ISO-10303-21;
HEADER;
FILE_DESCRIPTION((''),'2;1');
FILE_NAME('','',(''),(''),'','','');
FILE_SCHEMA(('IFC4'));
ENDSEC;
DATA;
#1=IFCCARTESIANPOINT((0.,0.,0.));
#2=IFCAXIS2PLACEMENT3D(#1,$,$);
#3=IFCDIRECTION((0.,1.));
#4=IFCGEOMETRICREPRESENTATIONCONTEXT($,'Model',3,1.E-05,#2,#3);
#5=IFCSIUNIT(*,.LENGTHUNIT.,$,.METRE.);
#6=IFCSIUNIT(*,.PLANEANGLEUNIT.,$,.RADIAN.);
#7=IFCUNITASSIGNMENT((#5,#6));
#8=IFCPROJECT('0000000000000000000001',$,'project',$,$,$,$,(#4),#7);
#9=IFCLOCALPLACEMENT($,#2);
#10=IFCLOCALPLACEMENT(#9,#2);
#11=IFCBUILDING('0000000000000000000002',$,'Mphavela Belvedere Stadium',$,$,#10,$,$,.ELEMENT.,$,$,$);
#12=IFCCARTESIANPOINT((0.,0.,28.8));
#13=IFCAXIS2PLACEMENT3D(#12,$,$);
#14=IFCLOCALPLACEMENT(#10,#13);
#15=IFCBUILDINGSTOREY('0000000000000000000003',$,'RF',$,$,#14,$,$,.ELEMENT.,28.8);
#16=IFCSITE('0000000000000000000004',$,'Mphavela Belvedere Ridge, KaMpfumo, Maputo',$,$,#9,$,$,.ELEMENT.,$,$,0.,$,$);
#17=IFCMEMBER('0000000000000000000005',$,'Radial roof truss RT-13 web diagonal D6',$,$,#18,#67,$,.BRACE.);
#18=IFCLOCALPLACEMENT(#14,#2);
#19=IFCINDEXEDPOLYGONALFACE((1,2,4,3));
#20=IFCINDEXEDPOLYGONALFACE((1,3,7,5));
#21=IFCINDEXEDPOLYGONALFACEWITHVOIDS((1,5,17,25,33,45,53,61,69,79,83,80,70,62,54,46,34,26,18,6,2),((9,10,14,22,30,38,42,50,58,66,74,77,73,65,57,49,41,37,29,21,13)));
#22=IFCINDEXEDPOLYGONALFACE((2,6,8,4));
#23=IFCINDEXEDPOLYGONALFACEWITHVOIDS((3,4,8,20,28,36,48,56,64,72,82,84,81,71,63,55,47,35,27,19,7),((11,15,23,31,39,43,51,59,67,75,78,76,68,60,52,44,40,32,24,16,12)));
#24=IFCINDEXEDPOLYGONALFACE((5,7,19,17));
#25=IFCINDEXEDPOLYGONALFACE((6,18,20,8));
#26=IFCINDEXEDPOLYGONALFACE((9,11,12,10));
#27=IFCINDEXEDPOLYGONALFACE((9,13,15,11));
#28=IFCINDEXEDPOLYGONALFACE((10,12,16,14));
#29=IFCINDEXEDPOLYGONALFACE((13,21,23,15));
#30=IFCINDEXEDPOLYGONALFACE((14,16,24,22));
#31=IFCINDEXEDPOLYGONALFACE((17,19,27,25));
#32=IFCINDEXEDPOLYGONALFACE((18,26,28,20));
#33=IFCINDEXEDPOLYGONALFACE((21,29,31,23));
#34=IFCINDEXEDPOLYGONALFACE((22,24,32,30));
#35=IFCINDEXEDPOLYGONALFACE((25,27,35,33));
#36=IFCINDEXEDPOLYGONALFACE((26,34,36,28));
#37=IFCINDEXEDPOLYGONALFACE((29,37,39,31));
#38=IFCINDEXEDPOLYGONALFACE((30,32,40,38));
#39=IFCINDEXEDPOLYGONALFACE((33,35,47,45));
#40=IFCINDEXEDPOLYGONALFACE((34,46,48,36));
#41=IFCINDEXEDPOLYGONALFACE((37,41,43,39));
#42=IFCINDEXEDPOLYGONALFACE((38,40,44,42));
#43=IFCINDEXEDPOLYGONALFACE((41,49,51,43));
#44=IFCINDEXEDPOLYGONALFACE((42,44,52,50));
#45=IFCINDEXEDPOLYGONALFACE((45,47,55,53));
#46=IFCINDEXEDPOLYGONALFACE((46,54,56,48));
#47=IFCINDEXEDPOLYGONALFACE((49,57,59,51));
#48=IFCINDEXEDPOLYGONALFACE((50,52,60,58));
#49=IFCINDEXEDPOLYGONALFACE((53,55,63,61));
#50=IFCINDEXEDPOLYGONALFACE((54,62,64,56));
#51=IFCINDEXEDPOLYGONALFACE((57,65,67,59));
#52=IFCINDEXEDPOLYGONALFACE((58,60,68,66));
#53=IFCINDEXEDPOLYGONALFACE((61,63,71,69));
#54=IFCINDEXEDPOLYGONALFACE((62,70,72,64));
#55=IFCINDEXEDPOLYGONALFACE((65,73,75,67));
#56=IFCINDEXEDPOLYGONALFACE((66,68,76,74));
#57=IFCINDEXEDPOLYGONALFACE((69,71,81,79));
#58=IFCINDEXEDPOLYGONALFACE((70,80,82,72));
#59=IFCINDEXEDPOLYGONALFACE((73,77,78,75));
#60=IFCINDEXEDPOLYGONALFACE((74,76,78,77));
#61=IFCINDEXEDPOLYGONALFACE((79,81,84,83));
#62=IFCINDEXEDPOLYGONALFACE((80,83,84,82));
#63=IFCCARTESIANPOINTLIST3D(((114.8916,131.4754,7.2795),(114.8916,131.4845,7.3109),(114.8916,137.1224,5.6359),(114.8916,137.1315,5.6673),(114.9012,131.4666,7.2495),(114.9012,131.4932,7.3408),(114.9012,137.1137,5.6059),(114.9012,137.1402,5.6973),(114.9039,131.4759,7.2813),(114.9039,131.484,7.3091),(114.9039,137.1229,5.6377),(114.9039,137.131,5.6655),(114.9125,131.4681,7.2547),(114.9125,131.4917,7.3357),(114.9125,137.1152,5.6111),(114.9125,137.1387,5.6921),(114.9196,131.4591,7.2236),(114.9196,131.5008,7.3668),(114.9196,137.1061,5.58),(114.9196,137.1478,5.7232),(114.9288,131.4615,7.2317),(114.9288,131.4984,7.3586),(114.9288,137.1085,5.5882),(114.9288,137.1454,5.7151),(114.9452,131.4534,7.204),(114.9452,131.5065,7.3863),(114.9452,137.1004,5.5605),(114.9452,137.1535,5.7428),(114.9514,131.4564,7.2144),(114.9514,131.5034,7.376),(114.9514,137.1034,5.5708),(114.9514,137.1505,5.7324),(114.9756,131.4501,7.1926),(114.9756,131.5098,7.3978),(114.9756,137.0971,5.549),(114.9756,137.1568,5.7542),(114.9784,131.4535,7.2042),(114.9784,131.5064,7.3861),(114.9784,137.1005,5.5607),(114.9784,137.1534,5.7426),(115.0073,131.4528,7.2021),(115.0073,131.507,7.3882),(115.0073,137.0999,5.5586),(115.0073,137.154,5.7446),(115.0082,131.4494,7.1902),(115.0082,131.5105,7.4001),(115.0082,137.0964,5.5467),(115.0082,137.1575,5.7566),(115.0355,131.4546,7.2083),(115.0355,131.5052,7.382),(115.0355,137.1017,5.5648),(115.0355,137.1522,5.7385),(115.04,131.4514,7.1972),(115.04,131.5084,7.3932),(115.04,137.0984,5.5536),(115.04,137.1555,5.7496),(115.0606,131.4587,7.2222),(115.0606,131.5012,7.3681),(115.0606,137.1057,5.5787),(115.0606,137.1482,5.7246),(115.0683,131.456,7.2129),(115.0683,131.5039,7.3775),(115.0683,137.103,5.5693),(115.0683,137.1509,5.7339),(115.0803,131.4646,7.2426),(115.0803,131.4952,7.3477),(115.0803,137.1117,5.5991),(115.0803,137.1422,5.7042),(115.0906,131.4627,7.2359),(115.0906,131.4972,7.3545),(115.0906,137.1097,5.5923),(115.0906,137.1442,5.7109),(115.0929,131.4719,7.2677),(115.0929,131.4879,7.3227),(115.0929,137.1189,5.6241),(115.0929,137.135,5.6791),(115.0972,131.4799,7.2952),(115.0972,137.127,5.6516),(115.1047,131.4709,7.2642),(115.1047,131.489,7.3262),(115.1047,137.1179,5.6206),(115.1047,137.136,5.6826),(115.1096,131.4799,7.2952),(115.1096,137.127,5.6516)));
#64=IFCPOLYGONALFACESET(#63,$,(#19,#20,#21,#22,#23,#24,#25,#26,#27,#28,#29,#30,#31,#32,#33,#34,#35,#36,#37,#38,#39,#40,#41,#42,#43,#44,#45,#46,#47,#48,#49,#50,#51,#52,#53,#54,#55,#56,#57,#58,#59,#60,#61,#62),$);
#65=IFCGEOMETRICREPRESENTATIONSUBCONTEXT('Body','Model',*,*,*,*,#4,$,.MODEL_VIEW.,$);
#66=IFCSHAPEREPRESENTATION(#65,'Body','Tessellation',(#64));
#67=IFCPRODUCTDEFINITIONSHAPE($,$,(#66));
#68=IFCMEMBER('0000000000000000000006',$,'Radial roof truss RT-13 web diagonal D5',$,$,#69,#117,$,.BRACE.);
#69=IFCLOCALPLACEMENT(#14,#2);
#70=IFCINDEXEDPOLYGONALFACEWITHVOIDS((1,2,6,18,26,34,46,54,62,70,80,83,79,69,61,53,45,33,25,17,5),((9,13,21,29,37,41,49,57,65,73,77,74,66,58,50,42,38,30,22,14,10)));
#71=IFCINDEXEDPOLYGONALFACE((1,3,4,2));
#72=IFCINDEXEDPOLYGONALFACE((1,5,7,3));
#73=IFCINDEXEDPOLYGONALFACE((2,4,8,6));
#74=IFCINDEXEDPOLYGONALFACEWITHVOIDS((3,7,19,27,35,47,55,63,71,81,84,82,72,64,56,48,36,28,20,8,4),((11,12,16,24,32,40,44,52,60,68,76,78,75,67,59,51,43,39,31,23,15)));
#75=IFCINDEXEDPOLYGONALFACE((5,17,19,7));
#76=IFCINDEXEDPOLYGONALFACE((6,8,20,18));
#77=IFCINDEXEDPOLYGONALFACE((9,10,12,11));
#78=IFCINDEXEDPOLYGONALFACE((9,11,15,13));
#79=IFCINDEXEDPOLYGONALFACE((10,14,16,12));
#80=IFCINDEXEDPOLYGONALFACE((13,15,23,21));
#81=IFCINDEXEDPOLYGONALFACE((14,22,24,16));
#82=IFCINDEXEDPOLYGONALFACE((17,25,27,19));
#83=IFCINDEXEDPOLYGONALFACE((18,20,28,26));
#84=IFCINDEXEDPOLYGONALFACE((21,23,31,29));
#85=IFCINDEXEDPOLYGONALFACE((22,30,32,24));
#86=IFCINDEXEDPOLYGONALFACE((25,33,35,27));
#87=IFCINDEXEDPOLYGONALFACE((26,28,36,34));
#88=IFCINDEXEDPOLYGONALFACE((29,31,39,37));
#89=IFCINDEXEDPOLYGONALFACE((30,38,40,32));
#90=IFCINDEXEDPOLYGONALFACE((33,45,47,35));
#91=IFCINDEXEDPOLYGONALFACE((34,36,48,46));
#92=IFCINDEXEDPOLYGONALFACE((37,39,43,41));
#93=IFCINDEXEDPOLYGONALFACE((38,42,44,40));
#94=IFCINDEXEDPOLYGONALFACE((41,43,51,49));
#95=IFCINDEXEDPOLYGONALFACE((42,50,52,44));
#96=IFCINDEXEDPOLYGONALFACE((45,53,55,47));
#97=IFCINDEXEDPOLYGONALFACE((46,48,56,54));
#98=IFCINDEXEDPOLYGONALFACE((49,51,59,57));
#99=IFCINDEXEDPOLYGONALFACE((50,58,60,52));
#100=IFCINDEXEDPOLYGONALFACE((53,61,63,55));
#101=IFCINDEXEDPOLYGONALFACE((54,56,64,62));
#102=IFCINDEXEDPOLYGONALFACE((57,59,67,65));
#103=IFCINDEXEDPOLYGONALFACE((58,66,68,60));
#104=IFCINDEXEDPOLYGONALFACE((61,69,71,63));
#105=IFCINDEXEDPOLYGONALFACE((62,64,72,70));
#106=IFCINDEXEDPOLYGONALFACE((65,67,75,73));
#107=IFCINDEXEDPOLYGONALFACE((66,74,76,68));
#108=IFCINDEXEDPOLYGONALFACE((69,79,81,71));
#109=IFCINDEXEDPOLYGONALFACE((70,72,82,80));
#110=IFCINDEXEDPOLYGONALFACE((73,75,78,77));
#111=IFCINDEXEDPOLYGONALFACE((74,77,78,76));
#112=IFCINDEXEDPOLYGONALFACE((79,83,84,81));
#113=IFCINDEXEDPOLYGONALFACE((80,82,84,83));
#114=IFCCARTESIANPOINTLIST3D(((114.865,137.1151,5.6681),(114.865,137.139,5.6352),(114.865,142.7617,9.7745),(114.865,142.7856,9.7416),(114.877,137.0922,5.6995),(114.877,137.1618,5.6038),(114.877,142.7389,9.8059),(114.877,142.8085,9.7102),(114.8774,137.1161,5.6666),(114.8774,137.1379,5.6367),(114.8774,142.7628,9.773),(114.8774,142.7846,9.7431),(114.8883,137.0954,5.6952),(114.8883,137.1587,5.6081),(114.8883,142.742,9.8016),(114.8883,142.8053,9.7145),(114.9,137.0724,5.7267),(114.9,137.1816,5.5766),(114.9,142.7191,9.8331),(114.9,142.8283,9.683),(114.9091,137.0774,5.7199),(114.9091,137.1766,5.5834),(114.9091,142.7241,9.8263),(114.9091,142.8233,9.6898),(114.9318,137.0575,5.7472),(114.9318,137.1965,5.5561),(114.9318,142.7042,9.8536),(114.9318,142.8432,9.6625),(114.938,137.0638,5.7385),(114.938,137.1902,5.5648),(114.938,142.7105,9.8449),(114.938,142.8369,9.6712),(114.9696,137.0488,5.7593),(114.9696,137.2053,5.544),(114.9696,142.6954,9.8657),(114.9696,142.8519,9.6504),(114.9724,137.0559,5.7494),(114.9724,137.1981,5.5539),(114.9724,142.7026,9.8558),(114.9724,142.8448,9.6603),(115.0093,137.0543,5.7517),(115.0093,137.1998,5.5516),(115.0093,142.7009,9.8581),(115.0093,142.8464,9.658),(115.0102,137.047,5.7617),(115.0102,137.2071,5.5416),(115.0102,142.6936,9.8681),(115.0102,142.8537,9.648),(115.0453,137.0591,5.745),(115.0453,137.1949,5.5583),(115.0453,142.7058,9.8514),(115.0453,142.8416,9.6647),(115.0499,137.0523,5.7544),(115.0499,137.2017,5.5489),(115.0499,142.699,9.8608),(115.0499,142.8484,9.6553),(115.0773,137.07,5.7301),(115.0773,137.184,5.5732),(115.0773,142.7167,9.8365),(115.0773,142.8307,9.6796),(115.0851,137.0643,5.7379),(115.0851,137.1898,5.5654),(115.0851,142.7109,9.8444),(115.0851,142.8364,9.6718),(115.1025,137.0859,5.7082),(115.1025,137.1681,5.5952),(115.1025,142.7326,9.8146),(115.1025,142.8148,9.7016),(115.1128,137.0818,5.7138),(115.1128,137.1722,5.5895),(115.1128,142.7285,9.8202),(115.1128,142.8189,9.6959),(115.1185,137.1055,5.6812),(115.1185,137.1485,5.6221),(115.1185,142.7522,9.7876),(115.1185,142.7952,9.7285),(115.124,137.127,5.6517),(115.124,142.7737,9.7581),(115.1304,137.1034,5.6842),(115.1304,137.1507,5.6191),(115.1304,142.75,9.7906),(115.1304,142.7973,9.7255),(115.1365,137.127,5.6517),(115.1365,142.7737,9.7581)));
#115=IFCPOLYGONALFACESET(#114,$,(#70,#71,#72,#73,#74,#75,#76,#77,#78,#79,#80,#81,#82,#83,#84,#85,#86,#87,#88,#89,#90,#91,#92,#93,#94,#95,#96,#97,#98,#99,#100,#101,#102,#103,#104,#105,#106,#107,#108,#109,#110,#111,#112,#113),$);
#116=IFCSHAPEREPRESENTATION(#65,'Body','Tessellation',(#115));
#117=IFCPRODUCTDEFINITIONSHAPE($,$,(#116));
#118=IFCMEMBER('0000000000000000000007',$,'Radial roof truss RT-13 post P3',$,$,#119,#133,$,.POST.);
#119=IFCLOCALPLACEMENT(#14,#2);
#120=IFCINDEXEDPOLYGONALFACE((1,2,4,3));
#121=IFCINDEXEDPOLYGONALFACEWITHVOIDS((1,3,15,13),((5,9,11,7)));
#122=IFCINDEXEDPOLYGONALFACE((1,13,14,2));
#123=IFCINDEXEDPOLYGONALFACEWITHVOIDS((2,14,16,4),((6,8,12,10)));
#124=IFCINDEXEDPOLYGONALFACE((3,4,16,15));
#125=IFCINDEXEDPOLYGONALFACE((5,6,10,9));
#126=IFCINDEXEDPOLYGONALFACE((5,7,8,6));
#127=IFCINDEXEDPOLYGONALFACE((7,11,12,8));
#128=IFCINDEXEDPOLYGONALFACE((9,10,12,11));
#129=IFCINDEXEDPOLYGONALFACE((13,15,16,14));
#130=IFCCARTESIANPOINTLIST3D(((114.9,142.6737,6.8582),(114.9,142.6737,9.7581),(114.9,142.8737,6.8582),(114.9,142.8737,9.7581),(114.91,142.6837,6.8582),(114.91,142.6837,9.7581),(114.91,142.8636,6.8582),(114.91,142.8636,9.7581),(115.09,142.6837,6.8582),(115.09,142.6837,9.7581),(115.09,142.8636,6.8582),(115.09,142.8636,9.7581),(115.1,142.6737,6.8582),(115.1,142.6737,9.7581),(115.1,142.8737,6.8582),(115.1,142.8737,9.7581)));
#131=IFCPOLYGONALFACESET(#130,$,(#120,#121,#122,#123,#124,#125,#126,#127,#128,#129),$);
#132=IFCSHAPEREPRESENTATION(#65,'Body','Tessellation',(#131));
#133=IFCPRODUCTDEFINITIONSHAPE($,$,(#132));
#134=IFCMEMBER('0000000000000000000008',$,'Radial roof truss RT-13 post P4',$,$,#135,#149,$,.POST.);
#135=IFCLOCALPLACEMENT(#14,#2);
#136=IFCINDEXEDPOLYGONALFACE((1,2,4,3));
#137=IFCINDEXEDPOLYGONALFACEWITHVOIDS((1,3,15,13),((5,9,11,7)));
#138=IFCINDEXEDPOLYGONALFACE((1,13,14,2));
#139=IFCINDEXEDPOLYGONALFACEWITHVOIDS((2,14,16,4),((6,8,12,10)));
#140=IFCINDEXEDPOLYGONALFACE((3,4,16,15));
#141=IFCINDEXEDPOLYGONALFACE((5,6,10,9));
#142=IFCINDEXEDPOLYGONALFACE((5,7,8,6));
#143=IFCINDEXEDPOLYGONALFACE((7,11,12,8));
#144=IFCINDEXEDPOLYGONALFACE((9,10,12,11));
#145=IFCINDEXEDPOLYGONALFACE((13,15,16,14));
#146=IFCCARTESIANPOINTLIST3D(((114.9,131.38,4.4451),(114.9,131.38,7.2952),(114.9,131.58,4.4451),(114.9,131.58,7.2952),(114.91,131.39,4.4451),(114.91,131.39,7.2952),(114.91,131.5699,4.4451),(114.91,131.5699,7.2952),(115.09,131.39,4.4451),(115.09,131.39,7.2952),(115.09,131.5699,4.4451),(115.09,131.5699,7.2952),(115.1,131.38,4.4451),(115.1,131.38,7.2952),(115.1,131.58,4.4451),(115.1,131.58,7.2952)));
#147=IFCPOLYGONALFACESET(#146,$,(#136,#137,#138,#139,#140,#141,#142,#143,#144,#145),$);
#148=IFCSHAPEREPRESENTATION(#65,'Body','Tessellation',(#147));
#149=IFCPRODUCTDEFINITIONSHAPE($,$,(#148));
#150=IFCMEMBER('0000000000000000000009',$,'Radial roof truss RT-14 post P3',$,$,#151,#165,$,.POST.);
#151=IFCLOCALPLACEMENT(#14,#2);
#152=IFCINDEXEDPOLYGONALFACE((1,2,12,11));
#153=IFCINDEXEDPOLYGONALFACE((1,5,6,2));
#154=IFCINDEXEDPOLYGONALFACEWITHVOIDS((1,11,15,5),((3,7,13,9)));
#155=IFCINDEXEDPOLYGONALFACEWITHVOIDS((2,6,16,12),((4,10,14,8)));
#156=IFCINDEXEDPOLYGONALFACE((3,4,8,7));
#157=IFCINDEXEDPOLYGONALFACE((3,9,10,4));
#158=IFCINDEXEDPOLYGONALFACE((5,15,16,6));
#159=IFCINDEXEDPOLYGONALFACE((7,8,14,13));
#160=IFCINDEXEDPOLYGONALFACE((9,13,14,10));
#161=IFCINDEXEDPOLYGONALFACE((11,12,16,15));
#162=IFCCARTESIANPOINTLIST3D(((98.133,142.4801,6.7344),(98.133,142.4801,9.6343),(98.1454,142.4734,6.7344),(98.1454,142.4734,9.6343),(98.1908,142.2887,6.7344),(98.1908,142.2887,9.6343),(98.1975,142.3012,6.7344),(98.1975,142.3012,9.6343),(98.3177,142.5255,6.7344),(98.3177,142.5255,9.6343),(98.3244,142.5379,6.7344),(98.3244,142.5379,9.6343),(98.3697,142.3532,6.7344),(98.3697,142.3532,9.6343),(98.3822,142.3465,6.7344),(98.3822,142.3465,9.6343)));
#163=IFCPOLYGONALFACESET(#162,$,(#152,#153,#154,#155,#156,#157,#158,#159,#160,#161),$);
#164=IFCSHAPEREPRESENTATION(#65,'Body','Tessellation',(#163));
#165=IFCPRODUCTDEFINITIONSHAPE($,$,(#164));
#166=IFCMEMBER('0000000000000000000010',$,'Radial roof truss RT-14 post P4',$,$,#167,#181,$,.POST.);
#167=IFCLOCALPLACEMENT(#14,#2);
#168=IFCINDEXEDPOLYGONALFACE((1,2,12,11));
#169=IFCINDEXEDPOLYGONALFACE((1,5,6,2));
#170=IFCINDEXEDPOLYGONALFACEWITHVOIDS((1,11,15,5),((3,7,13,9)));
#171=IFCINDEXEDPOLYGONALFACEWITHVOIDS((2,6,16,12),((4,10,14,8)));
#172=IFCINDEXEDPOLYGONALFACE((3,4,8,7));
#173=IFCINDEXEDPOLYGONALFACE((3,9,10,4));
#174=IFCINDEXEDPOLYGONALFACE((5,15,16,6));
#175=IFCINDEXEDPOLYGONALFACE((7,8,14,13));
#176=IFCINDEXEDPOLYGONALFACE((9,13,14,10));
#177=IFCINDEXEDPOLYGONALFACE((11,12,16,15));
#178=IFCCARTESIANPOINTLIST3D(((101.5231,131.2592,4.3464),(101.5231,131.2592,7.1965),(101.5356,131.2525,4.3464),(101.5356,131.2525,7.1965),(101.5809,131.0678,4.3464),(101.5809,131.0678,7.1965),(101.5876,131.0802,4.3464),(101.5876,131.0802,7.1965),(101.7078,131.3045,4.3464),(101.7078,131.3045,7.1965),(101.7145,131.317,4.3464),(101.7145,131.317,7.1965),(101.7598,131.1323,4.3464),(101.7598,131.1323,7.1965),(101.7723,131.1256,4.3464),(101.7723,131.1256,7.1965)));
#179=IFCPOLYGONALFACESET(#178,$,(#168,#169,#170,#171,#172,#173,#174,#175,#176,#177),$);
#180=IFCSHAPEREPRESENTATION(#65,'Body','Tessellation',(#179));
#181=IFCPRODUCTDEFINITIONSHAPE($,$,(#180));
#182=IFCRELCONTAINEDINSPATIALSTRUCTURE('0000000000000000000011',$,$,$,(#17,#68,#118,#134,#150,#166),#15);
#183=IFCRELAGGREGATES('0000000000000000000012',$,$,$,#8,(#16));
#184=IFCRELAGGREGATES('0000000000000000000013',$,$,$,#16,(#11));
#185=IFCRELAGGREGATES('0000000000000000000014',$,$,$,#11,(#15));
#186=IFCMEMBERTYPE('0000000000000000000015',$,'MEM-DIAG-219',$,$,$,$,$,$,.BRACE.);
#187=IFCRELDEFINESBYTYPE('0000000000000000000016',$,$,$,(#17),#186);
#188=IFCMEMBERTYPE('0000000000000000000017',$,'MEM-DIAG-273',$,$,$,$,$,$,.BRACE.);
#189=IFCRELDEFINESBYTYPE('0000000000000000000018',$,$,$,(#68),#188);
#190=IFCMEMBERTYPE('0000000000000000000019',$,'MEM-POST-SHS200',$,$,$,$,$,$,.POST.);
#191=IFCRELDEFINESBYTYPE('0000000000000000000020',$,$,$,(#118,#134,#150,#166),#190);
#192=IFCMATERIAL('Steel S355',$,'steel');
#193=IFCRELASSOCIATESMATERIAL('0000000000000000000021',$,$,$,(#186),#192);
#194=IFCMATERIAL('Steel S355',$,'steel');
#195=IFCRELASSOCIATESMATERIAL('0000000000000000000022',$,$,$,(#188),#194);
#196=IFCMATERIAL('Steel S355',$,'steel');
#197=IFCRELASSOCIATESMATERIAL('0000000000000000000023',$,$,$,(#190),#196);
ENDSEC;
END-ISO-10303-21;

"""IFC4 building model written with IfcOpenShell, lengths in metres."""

from ifc_helpers import new_model, si_unit, direction, frame, origin, origin_2d, place, context, subcontext, project, spatial, hollow_rectangle, hollow_circle, extrude, material, material_profile, profile_set, type_object, element, save


model = new_model("IFC4")

# Units and contexts
model_context = context("Model", 3, precision=1e-05, world=origin(), true_north=direction((0.0, 1.0)))
body_context = subcontext(model_context, "Body", "Model", "MODEL_VIEW")
ifc_project = project(units=[si_unit("LENGTHUNIT", "METRE"), si_unit("PLANEANGLEUNIT", "RADIAN")], contexts=[model_context])

# Site, building, storey
site_placement = place(None, origin())
site = spatial("IfcSite", under=ifc_project, at=site_placement, Name="Mphavela Belvedere Ridge, KaMpfumo, Maputo", CompositionType="ELEMENT", RefElevation=0.0)
building_placement = place(site_placement, origin())
building = spatial("IfcBuilding", under=site, at=building_placement, Name="Mphavela Belvedere Stadium", CompositionType="ELEMENT")
storey_placement = place(building_placement, frame((0.0, 0.0, 28.8)))
storey = spatial("IfcBuildingStorey", under=building, at=storey_placement, Name="RF", CompositionType="ELEMENT", Elevation=28.8)

# Members
ifc_material_1 = material(Name="Steel S355", Category="steel")
ifc_material_profile_1 = material_profile(ifc_material_1, hollow_circle(Radius=0.1096, WallThickness=0.0125, at=origin_2d()), Name="CHS 219.1x12.5")
ifc_profile_set_1 = profile_set([ifc_material_profile_1], Name="Steel S355")
member_type_1 = type_object("IfcMemberType", Name="MEM-DIAG-219", PredefinedType="BRACE", material=ifc_profile_set_1)
member_1_placement = place(storey_placement, frame((115.0, 137.127, 5.6516), z_axis=(0.0, -0.960159, 0.279455), x_axis=(1.0, 0.0, 0.0)))
element("IfcMember", 1, at=member_1_placement, inside=storey, type_object=member_type_1, Name="Radial roof truss RT-13 web diagonal D6", PredefinedType="BRACE", context=body_context, shape_type="SweptSolid", body=[
    extrude(hollow_circle(Radius=0.1096, WallThickness=0.0125, at=origin_2d()), origin(), (0.0, 0.0, 1.0), 5.8813),
])
ifc_material_2 = material(Name="Steel S355", Category="steel")
ifc_material_profile_2 = material_profile(ifc_material_2, hollow_circle(Radius=0.1365, WallThickness=0.0125, at=origin_2d()), Name="CHS 273x12.5")
ifc_profile_set_2 = profile_set([ifc_material_profile_2], Name="Steel S355")
member_type_2 = type_object("IfcMemberType", Name="MEM-DIAG-273", PredefinedType="BRACE", material=ifc_profile_set_2)
member_2_placement = place(storey_placement, frame((115.0, 142.7737, 9.7581), z_axis=(0.0, -0.808754, -0.588147), x_axis=(1.0, 0.0, 0.0)))
element("IfcMember", 2, at=member_2_placement, inside=storey, type_object=member_type_2, Name="Radial roof truss RT-13 web diagonal D5", PredefinedType="BRACE", context=body_context, shape_type="SweptSolid", body=[
    extrude(hollow_circle(Radius=0.1365, WallThickness=0.0125, at=origin_2d()), origin(), (0.0, 0.0, 1.0), 6.9819),
])
ifc_material_3 = material(Name="Steel S355", Category="steel")
ifc_material_profile_3 = material_profile(ifc_material_3, hollow_rectangle(XDim=0.2, YDim=0.2, WallThickness=0.01, at=origin_2d()), Name="SHS 200x200x10")
ifc_profile_set_3 = profile_set([ifc_material_profile_3], Name="Steel S355")
member_type_3 = type_object("IfcMemberType", Name="MEM-POST-SHS200", PredefinedType="POST", material=ifc_profile_set_3)
member_3_placement = place(storey_placement, frame((115.0, 142.7737, 6.8582), z_axis=(0.0, 0.0, 1.0), x_axis=(0.0, 1.0, 0.0)))
element("IfcMember", 3, at=member_3_placement, inside=storey, type_object=member_type_3, Name="Radial roof truss RT-13 post P3", PredefinedType="POST", context=body_context, shape_type="SweptSolid", body=[
    extrude(hollow_rectangle(XDim=0.2, YDim=0.2, WallThickness=0.01, at=origin_2d()), origin(), (0.0, 0.0, 1.0), 2.8999),
])
member_4_placement = place(storey_placement, frame((115.0, 131.48, 4.4451), z_axis=(0.0, 0.0, 1.0), x_axis=(0.0, 1.0, 0.0)))
element("IfcMember", 4, at=member_4_placement, inside=storey, type_object=member_type_3, Name="Radial roof truss RT-13 post P4", PredefinedType="POST", context=body_context, shape_type="SweptSolid", body=[
    extrude(hollow_rectangle(XDim=0.2, YDim=0.2, WallThickness=0.01, at=origin_2d()), origin(), (0.0, 0.0, 1.0), 2.8501),
])
member_5_placement = place(storey_placement, frame((98.2576, 142.4133, 6.7344), z_axis=(0.0, 0.0, 1.0), x_axis=(-0.289199, 0.957269, 0.0)))
element("IfcMember", 5, at=member_5_placement, inside=storey, type_object=member_type_3, Name="Radial roof truss RT-14 post P3", PredefinedType="POST", context=body_context, shape_type="SweptSolid", body=[
    extrude(hollow_rectangle(XDim=0.2, YDim=0.2, WallThickness=0.01, at=origin_2d()), origin(), (0.0, 0.0, 1.0), 2.8999),
])
member_6_placement = place(storey_placement, frame((101.6477, 131.1924, 4.3464), z_axis=(0.0, 0.0, 1.0), x_axis=(-0.289199, 0.957269, 0.0)))
element("IfcMember", 6, at=member_6_placement, inside=storey, type_object=member_type_3, Name="Radial roof truss RT-14 post P4", PredefinedType="POST", context=body_context, shape_type="SweptSolid", body=[
    extrude(hollow_rectangle(XDim=0.2, YDim=0.2, WallThickness=0.01, at=origin_2d()), origin(), (0.0, 0.0, 1.0), 2.8501),
])

save(model, "model.ifc")
